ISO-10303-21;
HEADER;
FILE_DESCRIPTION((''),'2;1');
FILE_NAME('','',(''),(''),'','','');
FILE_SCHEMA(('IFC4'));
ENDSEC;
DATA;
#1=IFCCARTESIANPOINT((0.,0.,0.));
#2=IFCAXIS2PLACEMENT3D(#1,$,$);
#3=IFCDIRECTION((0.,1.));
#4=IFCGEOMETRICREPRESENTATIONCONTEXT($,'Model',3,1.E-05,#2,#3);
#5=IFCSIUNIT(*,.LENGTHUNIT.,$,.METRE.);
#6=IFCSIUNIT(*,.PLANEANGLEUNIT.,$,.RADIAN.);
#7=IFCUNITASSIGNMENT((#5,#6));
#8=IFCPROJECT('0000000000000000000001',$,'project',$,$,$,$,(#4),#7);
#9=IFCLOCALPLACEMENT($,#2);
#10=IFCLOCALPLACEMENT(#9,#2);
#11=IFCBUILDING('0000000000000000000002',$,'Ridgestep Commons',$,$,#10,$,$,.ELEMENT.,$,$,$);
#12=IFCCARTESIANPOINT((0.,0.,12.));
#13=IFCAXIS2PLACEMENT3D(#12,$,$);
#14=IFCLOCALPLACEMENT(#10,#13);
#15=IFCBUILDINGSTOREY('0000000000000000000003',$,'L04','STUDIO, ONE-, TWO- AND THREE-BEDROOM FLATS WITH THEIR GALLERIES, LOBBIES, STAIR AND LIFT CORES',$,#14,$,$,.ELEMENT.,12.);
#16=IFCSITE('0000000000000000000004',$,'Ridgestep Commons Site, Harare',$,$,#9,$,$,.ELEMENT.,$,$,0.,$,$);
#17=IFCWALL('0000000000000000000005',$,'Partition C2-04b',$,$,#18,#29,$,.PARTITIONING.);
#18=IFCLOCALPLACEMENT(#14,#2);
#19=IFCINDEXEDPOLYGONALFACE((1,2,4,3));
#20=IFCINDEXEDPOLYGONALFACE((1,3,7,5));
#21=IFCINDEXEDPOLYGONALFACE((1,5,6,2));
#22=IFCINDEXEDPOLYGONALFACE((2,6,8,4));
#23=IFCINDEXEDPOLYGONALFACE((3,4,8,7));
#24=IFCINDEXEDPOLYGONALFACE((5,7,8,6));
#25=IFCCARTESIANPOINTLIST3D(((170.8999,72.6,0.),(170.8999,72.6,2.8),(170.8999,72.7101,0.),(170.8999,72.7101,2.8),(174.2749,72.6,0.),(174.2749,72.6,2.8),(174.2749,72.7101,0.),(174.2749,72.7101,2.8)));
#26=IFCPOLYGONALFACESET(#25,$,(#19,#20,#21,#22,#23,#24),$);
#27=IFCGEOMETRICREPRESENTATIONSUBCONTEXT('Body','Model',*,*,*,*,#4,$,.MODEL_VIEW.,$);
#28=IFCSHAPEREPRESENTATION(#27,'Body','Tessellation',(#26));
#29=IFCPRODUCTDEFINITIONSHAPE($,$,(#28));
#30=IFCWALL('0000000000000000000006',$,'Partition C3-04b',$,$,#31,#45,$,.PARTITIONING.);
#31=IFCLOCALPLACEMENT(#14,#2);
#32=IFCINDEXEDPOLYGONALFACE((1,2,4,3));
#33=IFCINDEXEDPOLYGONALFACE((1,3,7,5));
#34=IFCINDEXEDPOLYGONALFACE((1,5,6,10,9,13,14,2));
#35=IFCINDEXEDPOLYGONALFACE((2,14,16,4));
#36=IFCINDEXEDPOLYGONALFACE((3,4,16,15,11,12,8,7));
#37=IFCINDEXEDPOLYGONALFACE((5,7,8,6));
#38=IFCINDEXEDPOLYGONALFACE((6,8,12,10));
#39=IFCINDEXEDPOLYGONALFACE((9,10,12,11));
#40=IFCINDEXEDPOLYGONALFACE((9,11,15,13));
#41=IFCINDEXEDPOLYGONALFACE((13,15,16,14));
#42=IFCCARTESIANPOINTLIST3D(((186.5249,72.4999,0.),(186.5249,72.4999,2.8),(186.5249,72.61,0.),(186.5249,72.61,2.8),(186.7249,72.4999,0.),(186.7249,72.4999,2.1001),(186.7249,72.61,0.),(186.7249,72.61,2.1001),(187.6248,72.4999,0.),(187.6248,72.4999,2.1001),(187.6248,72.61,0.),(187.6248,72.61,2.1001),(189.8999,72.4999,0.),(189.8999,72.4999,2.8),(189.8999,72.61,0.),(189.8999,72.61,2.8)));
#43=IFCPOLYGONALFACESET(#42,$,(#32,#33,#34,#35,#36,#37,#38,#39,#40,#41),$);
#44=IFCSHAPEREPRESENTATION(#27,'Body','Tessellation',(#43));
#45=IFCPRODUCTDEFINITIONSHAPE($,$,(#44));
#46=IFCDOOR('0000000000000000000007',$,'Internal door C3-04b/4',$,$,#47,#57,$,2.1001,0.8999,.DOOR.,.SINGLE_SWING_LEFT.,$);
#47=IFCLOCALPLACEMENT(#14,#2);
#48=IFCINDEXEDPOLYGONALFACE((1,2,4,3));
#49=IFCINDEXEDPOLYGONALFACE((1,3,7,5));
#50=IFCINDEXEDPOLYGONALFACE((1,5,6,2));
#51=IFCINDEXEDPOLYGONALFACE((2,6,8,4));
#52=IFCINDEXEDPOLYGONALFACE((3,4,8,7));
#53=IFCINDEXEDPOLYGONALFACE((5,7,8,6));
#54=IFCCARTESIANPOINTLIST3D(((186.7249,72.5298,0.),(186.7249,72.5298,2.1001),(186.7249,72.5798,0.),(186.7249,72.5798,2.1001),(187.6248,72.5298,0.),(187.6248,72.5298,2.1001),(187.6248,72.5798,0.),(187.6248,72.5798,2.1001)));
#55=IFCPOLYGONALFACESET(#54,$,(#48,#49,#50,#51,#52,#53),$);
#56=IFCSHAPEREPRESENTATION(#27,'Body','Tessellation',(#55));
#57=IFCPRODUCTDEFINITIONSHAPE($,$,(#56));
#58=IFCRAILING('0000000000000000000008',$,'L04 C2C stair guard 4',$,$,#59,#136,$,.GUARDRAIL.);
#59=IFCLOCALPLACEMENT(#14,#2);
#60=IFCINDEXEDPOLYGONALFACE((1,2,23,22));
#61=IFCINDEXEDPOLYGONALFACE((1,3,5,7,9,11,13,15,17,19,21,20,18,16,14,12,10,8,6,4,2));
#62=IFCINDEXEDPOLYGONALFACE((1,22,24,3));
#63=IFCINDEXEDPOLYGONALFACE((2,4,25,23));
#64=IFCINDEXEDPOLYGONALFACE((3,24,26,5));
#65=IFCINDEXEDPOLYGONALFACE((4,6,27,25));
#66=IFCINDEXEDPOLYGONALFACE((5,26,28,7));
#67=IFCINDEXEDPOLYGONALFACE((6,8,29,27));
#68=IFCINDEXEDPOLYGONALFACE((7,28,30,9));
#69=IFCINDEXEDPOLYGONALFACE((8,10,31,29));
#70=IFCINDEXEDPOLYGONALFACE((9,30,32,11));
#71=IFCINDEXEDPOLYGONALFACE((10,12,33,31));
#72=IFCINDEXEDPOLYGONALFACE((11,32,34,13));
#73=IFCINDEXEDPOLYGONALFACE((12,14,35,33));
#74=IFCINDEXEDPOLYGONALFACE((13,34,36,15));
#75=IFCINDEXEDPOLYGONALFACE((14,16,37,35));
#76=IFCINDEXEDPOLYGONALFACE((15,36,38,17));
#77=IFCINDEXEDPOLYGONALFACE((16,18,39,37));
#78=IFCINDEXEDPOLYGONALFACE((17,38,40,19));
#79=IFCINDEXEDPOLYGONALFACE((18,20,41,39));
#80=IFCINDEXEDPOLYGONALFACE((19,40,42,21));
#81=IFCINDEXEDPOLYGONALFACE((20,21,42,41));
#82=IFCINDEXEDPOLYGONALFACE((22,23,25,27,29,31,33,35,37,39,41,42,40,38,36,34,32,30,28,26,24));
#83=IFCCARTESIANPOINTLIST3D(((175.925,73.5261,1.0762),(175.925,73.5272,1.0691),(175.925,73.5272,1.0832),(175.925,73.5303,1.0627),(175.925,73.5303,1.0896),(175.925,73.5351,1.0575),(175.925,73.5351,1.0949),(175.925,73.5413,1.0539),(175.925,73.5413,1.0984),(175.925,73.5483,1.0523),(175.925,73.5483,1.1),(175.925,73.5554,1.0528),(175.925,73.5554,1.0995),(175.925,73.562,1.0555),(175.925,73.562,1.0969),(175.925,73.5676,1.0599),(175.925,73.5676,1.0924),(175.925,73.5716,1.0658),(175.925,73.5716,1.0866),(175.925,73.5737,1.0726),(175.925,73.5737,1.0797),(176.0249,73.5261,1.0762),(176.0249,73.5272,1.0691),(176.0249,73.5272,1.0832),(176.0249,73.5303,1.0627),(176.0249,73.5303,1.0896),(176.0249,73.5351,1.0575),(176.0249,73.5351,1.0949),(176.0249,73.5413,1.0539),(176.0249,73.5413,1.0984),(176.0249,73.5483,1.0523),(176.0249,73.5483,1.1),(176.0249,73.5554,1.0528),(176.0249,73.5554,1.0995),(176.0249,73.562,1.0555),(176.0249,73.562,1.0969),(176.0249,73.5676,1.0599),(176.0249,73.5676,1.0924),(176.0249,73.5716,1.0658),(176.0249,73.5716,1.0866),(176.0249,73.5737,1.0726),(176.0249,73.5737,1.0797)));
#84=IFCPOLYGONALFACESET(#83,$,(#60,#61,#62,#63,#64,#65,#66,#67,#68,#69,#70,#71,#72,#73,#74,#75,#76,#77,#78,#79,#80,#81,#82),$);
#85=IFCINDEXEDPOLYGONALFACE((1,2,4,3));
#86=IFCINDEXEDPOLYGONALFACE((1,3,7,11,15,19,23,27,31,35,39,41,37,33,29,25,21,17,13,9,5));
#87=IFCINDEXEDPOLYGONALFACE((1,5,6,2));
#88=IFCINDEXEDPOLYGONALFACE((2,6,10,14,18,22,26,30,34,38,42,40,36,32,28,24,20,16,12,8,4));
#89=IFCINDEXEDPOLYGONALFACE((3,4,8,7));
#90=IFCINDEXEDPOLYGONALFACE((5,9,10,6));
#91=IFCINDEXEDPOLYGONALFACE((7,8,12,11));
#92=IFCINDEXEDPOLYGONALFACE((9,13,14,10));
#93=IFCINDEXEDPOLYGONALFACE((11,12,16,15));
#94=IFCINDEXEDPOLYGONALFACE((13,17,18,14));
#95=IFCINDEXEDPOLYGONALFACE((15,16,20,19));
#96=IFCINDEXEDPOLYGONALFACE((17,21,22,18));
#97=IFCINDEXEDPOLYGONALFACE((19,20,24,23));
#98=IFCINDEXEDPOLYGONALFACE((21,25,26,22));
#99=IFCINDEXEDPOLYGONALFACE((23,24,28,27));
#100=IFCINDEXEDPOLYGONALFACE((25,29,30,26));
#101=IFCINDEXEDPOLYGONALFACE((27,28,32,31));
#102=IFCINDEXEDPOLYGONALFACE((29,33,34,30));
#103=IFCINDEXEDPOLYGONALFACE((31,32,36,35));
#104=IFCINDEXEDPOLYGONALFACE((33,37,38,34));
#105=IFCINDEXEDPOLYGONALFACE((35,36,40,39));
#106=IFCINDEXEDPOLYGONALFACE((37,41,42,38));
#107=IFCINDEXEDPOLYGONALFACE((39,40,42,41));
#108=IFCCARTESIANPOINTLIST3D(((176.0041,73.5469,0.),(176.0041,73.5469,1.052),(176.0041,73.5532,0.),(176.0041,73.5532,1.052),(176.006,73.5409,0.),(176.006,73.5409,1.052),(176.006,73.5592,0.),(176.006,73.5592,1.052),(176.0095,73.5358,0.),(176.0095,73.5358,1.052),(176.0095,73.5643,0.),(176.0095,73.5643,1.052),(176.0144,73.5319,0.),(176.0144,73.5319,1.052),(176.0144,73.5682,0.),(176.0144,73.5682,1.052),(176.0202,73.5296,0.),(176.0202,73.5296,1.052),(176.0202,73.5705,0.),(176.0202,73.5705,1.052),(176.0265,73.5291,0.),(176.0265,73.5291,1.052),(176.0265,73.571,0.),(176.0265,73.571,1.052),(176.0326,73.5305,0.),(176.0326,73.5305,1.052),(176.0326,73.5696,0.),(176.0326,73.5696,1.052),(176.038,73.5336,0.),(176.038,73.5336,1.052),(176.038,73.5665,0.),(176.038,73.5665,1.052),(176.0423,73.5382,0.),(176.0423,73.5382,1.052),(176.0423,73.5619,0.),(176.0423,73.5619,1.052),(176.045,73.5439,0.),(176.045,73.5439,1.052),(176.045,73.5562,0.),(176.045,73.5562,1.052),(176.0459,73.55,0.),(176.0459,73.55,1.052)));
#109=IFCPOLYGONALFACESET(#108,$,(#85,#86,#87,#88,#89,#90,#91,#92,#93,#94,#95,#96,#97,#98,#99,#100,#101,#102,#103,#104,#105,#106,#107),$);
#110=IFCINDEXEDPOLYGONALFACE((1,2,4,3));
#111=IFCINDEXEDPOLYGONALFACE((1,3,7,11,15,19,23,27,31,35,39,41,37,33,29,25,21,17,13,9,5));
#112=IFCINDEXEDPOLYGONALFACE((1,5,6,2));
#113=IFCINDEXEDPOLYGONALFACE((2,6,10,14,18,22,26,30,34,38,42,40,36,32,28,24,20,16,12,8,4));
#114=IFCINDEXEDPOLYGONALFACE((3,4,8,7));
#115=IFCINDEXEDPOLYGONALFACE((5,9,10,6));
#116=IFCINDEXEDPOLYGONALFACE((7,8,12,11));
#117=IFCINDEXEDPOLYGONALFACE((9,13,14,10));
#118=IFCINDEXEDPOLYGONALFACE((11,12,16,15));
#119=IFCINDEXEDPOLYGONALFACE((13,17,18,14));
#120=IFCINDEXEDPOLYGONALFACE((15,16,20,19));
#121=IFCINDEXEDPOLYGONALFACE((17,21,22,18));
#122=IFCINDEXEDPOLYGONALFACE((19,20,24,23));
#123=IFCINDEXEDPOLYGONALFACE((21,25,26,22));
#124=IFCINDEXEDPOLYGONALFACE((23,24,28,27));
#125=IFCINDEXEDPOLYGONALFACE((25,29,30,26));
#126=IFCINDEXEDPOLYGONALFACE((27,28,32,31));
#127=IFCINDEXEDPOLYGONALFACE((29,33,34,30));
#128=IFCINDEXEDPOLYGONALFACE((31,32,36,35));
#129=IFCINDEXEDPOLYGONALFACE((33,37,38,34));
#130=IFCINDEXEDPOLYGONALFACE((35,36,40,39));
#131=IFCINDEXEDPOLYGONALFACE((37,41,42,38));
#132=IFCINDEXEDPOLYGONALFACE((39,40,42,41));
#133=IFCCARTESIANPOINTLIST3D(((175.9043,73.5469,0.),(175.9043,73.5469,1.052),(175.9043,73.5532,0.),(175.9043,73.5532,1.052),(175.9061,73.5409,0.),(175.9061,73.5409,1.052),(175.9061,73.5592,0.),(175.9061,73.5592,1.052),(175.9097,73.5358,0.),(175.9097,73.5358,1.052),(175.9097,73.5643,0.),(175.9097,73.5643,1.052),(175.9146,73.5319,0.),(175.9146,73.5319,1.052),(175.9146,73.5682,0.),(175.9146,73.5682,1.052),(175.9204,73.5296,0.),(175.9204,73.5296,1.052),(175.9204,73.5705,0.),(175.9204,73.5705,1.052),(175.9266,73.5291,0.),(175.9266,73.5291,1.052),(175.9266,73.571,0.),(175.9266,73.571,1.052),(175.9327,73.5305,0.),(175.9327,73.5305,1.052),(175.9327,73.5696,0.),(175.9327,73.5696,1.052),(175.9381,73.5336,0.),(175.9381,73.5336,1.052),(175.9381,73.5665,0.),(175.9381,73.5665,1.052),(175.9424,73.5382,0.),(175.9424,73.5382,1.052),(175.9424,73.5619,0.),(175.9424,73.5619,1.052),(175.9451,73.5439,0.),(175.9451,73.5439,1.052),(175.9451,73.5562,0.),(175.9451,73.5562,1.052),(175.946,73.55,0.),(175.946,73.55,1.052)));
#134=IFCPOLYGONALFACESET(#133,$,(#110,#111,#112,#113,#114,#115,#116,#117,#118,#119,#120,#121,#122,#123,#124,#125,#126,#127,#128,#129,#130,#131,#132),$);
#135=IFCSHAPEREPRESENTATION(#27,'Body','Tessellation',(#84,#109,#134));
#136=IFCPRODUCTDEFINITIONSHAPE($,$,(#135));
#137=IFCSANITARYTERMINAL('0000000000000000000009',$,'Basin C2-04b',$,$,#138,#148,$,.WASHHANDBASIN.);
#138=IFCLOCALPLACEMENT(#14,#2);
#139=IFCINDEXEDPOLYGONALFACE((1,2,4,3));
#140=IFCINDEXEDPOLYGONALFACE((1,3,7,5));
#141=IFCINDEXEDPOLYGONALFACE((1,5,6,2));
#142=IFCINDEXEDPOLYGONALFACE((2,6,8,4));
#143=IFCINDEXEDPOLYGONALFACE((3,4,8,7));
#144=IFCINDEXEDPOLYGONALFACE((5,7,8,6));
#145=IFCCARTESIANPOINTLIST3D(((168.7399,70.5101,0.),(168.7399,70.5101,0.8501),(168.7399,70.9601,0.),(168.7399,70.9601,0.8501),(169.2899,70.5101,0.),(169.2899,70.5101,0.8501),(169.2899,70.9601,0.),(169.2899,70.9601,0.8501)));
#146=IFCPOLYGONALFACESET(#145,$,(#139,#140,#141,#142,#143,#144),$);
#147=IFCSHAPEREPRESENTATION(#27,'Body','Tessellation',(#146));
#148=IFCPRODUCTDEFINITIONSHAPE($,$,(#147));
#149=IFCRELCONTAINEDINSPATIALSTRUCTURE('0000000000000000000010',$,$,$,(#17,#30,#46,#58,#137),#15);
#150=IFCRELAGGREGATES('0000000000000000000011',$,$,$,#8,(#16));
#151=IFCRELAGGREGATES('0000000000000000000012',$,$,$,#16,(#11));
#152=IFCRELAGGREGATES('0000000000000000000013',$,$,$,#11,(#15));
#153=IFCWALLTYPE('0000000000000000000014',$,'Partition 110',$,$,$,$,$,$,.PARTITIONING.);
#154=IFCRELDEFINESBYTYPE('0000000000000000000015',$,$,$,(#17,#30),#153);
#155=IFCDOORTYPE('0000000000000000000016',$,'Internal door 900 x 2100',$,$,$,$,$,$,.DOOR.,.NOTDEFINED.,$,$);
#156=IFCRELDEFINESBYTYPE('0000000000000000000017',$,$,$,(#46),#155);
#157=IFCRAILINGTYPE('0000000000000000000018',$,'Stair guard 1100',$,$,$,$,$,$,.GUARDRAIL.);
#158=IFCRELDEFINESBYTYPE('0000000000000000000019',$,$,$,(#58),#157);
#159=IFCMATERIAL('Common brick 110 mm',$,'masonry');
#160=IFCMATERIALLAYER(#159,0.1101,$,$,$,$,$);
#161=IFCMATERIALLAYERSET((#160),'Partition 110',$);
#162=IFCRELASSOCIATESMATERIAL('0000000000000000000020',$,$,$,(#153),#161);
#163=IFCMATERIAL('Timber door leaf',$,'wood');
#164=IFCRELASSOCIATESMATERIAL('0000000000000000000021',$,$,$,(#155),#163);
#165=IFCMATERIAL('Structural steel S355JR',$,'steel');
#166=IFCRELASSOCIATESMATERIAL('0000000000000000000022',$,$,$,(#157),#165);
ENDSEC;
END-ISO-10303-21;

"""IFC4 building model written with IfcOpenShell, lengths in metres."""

from ifc_helpers import new_model, si_unit, direction, frame, frame_2d, origin, origin_2d, place, context, subcontext, project, spatial, rectangle, circle, extrude, material, layer, layer_set, type_object, element, fill, save


model = new_model("IFC4")

# Units and contexts
model_context = context("Model", 3, precision=1e-05, world=origin(), true_north=direction((0.0, 1.0)))
body_context = subcontext(model_context, "Body", "Model", "MODEL_VIEW")
ifc_project = project(units=[si_unit("LENGTHUNIT", "METRE"), si_unit("PLANEANGLEUNIT", "RADIAN")], contexts=[model_context])

# Site, building, storey
site_placement = place(None, origin())
site = spatial("IfcSite", under=ifc_project, at=site_placement, Name="Ridgestep Commons Site, Harare", CompositionType="ELEMENT", RefElevation=0.0)
building_placement = place(site_placement, origin())
building = spatial("IfcBuilding", under=site, at=building_placement, Name="Ridgestep Commons", CompositionType="ELEMENT")
storey_placement = place(building_placement, frame((0.0, 0.0, 12.0)))
storey = spatial("IfcBuildingStorey", under=building, at=storey_placement, Name="L04", Description="STUDIO, ONE-, TWO- AND THREE-BEDROOM FLATS WITH THEIR GALLERIES, LOBBIES, STAIR AND LIFT CORES", CompositionType="ELEMENT", Elevation=12.0)

# Shared definitions
ifc_material_1 = material(Name="Common brick 110 mm", Category="masonry")
ifc_layer_1 = layer(ifc_material_1, 0.1101)
ifc_layer_set_1 = layer_set([ifc_layer_1], Name="Partition 110")
wall_type_1 = type_object("IfcWallType", Name="Partition 110", PredefinedType="PARTITIONING", material=ifc_layer_set_1)

# Wall
wall_1_placement = place(storey_placement, frame((170.8999, 72.655, 0.0), z_axis=(0.0, 0.0, 1.0), x_axis=(1.0, 0.0, 0.0)))
element("IfcWall", 1, at=wall_1_placement, inside=storey, type_object=wall_type_1, Name="Partition C2-04b", PredefinedType="PARTITIONING", context=body_context, shape_type="SweptSolid", body=[
    extrude(rectangle(XDim=3.375, YDim=0.1101, at=frame_2d((1.6875, 0.0))), origin(), (0.0, 0.0, 1.0), 2.8),
])

# Wall, opening, door
wall_2_placement = place(storey_placement, frame((186.5249, 72.5549, 0.0), z_axis=(0.0, 0.0, 1.0), x_axis=(1.0, 0.0, 0.0)))
wall_2 = element("IfcWall", 2, at=wall_2_placement, inside=storey, type_object=wall_type_1, Name="Partition C3-04b", PredefinedType="PARTITIONING", context=body_context, shape_type="SweptSolid", body=[
    extrude(rectangle(XDim=3.375, YDim=0.1101, at=frame_2d((1.6875, 0.0))), origin(), (0.0, 0.0, 1.0), 2.8),
])
opening_1_placement = place(wall_2_placement, frame((0.2, 0.0, 0.0)))
opening_1 = element("IfcOpeningElement", 3, at=opening_1_placement, cuts=wall_2, PredefinedType="OPENING", context=body_context, shape_type="SweptSolid", body=[
    extrude(rectangle(XDim=0.8999, YDim=2.1001, at=frame_2d((0.45, 1.05))), frame((0.0, 0.0649, 0.0), z_axis=(0.0, -1.0, 0.0), x_axis=(1.0, 0.0, 0.0)), (0.0, 0.0, 1.0), 0.1301),
])
ifc_material_2 = material(Name="Timber door leaf", Category="wood")
door_type_1 = type_object("IfcDoorType", Name="Internal door 900 x 2100", OperationType="NOTDEFINED", PredefinedType="DOOR", material=ifc_material_2)
door_1_placement = place(opening_1_placement, origin())
door_1 = element("IfcDoor", 4, at=door_1_placement, inside=storey, type_object=door_type_1, Name="Internal door C3-04b/4", OperationType="SINGLE_SWING_LEFT", OverallHeight=2.1001, OverallWidth=0.8999, PredefinedType="DOOR", context=body_context, shape_type="SweptSolid", body=[
    extrude(rectangle(XDim=0.8999, YDim=2.1001, at=frame_2d((0.45, 1.05))), frame((0.0, 0.0249, 0.0), z_axis=(0.0, -1.0, 0.0), x_axis=(1.0, 0.0, 0.0)), (0.0, 0.0, 1.0), 0.05),
])
fill(opening_1, door_1)

# Railing
ifc_material_3 = material(Name="Structural steel S355JR", Category="steel")
railing_type = type_object("IfcRailingType", Name="Stair guard 1100", PredefinedType="GUARDRAIL", material=ifc_material_3)
railing_placement = place(storey_placement, frame((176.0249, 73.55, 0.0)))
element("IfcRailing", 5, at=railing_placement, inside=storey, type_object=railing_type, Name="L04 C2C stair guard 4", PredefinedType="GUARDRAIL", context=body_context, shape_type="SweptSolid", body=[
    extrude(circle(Radius=0.0239, at=origin_2d()), frame((0.0, 0.0, 1.0762), z_axis=(-1.0, 0.0, 0.0), x_axis=(0.0, -1.0, 0.0)), (0.0, 0.0, 1.0), 0.0999),
    extrude(circle(Radius=0.021, at=origin_2d()), origin(), (0.0, 0.0, 1.0), 1.052),
    extrude(circle(Radius=0.021, at=origin_2d()), frame((-0.0999, 0.0, 0.0)), (0.0, 0.0, 1.0), 1.052),
])

# Sanitary terminal
sanitary_terminal_placement = place(storey_placement, frame((169.0149, 70.7351, 0.0), z_axis=(0.0, 0.0, 1.0), x_axis=(1.0, 0.0, 0.0)))
element("IfcSanitaryTerminal", 6, at=sanitary_terminal_placement, inside=storey, Name="Basin C2-04b", PredefinedType="WASHHANDBASIN", context=body_context, shape_type="SweptSolid", body=[
    extrude(rectangle(XDim=0.55, YDim=0.45, at=origin_2d()), origin(), (0.0, 0.0, 1.0), 0.8501),
])

save(model, "model.ifc")
